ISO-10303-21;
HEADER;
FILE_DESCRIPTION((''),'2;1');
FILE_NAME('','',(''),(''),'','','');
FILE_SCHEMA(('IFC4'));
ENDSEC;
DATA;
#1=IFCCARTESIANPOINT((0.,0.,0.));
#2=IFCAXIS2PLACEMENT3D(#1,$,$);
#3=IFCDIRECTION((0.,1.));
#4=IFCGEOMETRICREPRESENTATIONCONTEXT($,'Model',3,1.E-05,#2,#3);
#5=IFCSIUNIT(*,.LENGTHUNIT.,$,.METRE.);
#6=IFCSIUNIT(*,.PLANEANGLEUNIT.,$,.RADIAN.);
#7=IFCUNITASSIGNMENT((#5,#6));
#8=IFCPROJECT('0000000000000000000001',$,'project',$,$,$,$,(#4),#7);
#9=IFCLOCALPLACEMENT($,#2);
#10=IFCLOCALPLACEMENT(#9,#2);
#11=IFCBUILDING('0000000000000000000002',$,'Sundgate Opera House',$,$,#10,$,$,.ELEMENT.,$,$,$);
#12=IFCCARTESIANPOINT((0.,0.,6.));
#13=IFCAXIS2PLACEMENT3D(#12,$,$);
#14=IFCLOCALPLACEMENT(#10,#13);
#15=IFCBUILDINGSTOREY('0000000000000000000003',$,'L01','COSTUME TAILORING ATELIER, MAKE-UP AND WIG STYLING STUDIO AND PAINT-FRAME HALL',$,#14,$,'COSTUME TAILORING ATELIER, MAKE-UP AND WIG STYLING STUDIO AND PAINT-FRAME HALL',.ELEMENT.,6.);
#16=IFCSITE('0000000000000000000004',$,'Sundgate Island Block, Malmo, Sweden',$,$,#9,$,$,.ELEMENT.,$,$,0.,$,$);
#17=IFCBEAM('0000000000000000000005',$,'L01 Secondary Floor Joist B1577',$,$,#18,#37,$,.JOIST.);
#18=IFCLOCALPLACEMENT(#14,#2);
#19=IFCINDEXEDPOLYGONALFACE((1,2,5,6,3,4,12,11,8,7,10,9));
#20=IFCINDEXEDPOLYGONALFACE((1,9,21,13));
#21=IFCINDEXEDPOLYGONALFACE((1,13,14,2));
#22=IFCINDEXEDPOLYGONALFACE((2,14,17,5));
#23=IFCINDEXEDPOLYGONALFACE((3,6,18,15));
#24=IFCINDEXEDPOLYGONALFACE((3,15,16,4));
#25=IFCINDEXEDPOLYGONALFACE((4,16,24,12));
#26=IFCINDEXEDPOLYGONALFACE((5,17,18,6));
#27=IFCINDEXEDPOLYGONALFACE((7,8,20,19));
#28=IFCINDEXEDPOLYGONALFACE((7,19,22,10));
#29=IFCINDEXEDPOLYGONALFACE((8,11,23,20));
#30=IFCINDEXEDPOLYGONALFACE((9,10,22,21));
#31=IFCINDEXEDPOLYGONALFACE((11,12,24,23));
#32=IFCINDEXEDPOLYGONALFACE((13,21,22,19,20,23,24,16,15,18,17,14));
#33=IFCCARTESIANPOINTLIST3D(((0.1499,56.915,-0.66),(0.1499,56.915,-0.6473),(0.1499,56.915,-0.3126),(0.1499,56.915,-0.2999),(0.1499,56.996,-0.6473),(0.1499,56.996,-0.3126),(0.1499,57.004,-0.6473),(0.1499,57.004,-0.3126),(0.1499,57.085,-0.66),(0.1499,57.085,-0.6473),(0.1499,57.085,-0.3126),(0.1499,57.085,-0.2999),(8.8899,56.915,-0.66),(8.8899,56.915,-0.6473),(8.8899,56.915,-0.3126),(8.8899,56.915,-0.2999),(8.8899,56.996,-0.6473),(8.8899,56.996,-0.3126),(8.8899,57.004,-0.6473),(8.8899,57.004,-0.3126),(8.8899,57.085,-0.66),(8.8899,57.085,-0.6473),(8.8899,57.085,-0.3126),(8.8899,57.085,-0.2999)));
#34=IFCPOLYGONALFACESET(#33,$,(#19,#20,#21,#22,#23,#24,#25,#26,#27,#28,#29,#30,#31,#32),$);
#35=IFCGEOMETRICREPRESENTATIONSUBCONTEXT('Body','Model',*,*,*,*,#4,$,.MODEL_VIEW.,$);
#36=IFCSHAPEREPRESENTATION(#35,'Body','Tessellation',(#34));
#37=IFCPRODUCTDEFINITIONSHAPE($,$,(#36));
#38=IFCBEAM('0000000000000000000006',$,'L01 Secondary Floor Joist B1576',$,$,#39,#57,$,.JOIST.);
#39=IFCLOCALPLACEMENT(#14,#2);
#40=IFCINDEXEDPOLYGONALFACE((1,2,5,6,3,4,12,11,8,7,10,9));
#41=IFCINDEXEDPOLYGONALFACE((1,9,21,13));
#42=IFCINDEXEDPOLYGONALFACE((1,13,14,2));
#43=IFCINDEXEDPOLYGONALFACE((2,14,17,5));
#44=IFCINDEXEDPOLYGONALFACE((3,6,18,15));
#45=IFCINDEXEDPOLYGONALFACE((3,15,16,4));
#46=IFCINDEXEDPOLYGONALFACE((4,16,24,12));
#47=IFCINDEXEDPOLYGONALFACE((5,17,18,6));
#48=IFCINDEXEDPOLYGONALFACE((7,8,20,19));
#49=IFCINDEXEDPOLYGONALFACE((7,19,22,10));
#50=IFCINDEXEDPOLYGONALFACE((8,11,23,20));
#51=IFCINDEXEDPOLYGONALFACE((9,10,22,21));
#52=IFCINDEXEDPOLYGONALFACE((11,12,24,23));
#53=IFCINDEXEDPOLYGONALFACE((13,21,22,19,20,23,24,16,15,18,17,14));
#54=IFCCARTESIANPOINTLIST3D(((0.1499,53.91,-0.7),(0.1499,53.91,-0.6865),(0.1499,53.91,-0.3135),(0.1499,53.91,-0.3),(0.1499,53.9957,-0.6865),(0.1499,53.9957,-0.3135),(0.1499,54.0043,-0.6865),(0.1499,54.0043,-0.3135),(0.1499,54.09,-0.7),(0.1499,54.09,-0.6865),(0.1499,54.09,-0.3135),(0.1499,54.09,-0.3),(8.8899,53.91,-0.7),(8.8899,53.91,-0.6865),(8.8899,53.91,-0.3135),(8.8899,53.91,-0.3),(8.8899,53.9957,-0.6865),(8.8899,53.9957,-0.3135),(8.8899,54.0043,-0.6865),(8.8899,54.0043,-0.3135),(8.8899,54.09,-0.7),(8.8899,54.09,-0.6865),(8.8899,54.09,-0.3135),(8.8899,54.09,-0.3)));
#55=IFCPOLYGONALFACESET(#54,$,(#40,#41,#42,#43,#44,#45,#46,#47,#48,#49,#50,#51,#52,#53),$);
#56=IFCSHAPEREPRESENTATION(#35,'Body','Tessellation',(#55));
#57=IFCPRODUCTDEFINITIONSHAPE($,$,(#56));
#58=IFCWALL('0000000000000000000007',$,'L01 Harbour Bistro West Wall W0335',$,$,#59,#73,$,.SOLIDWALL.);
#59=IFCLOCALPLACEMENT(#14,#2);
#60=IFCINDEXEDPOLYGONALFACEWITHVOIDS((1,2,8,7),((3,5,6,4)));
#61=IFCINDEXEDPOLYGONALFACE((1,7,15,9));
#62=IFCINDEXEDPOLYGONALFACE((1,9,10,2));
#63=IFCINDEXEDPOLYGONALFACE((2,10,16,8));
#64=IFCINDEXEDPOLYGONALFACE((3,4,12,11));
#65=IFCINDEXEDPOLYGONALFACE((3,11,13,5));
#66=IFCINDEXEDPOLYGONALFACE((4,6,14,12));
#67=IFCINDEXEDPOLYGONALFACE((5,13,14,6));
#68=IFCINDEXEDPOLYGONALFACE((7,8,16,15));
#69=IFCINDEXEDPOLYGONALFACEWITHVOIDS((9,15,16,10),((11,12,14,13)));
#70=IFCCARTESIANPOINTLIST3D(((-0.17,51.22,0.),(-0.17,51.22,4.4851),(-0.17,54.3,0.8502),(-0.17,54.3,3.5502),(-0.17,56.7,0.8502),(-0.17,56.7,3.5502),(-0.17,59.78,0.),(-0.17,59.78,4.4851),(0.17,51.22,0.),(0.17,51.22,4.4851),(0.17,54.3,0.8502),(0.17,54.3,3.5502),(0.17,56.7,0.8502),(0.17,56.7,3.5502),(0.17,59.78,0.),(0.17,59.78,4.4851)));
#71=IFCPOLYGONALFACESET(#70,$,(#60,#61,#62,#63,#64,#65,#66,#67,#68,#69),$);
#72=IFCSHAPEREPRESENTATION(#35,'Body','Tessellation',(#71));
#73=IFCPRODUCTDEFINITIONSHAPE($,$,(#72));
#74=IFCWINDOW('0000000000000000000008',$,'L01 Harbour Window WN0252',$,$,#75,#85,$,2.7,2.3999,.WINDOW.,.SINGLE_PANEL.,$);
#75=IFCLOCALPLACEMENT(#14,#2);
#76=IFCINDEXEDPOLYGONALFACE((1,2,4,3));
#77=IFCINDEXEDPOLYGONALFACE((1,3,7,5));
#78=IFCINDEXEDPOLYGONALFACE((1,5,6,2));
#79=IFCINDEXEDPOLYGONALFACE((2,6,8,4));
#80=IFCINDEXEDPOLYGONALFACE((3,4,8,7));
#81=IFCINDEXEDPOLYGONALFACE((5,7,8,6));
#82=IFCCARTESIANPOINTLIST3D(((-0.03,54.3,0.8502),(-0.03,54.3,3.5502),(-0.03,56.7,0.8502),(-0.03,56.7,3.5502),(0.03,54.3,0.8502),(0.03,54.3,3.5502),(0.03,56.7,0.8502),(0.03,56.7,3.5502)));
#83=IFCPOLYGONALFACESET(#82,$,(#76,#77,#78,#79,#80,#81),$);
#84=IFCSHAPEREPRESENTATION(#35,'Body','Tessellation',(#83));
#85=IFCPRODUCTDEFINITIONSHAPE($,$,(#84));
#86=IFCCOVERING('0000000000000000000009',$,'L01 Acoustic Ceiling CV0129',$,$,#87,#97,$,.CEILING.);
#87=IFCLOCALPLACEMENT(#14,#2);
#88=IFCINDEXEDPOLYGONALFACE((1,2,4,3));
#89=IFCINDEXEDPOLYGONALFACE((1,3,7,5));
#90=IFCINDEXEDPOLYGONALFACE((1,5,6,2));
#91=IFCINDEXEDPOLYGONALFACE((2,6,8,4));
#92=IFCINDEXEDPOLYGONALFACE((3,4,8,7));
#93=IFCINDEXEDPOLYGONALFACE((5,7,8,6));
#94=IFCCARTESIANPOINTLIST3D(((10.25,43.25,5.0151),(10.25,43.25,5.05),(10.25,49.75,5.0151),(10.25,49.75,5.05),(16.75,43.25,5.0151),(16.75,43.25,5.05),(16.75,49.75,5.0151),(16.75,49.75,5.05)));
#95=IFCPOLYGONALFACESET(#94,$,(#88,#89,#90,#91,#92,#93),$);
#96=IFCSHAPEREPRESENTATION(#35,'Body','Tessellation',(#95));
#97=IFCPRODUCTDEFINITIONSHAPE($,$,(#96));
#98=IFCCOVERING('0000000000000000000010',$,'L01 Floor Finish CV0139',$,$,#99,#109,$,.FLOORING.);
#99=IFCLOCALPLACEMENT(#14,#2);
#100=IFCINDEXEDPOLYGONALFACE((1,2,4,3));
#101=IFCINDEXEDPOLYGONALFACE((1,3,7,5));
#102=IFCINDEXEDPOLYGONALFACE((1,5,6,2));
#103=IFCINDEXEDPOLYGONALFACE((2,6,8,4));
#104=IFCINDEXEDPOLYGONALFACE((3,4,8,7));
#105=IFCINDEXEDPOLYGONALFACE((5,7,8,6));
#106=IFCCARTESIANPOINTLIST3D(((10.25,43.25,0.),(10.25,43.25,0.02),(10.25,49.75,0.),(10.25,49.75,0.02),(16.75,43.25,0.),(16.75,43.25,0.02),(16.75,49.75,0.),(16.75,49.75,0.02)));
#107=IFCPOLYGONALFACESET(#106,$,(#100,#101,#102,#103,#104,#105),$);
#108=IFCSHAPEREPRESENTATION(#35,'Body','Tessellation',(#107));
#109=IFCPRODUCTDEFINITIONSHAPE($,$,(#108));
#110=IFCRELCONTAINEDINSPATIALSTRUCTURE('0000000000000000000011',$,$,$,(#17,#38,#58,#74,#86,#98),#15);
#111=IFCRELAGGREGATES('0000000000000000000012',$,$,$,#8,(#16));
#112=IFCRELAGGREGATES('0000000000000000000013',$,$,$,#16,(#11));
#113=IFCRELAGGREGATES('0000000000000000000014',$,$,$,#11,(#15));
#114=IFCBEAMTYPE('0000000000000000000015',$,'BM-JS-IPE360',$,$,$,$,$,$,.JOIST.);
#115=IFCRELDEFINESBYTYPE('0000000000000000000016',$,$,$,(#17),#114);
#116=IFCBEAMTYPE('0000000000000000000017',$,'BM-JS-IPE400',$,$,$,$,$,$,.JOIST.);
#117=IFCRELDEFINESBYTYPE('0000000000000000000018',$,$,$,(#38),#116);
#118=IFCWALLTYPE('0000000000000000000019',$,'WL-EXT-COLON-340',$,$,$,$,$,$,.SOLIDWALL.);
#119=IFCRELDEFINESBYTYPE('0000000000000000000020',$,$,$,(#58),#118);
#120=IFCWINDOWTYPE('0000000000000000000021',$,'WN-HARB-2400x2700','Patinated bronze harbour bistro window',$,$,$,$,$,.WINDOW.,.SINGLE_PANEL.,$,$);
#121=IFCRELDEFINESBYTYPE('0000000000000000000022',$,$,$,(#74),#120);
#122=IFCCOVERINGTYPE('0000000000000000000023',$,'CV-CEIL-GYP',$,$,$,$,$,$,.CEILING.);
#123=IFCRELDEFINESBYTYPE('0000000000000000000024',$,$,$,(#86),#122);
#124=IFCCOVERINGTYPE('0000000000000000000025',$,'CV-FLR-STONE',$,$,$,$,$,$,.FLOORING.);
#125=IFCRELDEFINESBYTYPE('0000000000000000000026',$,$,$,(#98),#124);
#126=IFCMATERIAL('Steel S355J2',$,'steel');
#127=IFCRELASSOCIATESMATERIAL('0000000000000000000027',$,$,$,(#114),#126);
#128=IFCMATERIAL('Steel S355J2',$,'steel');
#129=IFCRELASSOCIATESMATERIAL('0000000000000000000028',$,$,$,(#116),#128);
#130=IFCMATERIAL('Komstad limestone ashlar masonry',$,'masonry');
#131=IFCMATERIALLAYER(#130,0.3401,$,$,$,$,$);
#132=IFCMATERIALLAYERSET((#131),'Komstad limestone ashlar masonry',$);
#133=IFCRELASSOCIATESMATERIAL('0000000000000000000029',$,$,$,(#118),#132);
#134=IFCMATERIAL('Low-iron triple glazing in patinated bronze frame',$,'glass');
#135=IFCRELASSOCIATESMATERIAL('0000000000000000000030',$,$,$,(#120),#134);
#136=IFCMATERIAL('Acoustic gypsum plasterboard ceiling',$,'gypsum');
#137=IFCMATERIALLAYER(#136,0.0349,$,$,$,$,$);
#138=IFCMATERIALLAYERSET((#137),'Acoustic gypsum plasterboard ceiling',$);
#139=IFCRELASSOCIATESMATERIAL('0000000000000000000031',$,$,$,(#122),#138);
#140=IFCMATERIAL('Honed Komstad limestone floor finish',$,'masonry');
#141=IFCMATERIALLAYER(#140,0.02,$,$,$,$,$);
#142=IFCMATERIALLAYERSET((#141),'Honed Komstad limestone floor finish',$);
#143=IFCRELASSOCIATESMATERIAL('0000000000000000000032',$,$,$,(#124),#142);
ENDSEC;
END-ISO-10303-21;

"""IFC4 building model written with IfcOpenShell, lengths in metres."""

from ifc_helpers import new_model, si_unit, direction, frame, frame_2d, origin, origin_2d, place, context, subcontext, project, spatial, rectangle, i_section, extrude, material, layer, layer_set, material_profile, profile_set, type_object, element, fill, save


model = new_model("IFC4")

# Units and contexts
model_context = context("Model", 3, precision=1e-05, world=origin(), true_north=direction((0.0, 1.0)))
body_context = subcontext(model_context, "Body", "Model", "MODEL_VIEW")
ifc_project = project(units=[si_unit("LENGTHUNIT", "METRE"), si_unit("PLANEANGLEUNIT", "RADIAN")], contexts=[model_context])

# Site, building, storey
site_placement = place(None, origin())
site = spatial("IfcSite", under=ifc_project, at=site_placement, Name="Sundgate Island Block, Malmo, Sweden", CompositionType="ELEMENT", RefElevation=0.0)
building_placement = place(site_placement, origin())
building = spatial("IfcBuilding", under=site, at=building_placement, Name="Sundgate Opera House", CompositionType="ELEMENT")
storey_placement = place(building_placement, frame((0.0, 0.0, 6.0)))
storey = spatial("IfcBuildingStorey", under=building, at=storey_placement, Name="L01", Description="COSTUME TAILORING ATELIER, MAKE-UP AND WIG STYLING STUDIO AND PAINT-FRAME HALL", LongName="COSTUME TAILORING ATELIER, MAKE-UP AND WIG STYLING STUDIO AND PAINT-FRAME HALL", CompositionType="ELEMENT", Elevation=6.0)

# Beams
ifc_material_1 = material(Name="Steel S355J2", Category="steel")
ifc_material_profile_1 = material_profile(ifc_material_1, i_section(OverallWidth=0.1699, OverallDepth=0.3601, WebThickness=0.0081, FlangeThickness=0.0127, at=origin_2d()), Name="IPE 360")
ifc_profile_set_1 = profile_set([ifc_material_profile_1], Name="Steel S355J2")
beam_type_1 = type_object("IfcBeamType", Name="BM-JS-IPE360", PredefinedType="JOIST", material=ifc_profile_set_1)
beam_1_placement = place(storey_placement, frame((0.1499, 57.0, -0.48), z_axis=(1.0, 0.0, 0.0), x_axis=(0.0, 1.0, 0.0)))
element("IfcBeam", 1, at=beam_1_placement, inside=storey, type_object=beam_type_1, Name="L01 Secondary Floor Joist B1577", PredefinedType="JOIST", context=body_context, shape_type="SweptSolid", body=[
    extrude(i_section(OverallWidth=0.1699, OverallDepth=0.3601, WebThickness=0.0081, FlangeThickness=0.0127, at=origin_2d()), origin(), (0.0, 0.0, 1.0), 8.74),
])
ifc_material_2 = material(Name="Steel S355J2", Category="steel")
ifc_material_profile_2 = material_profile(ifc_material_2, i_section(OverallWidth=0.1799, OverallDepth=0.3999, WebThickness=0.0085, FlangeThickness=0.0134, at=origin_2d()), Name="IPE 400")
ifc_profile_set_2 = profile_set([ifc_material_profile_2], Name="Steel S355J2")
beam_type_2 = type_object("IfcBeamType", Name="BM-JS-IPE400", PredefinedType="JOIST", material=ifc_profile_set_2)
beam_2_placement = place(storey_placement, frame((0.1499, 54.0, -0.5), z_axis=(1.0, 0.0, 0.0), x_axis=(0.0, 1.0, 0.0)))
element("IfcBeam", 2, at=beam_2_placement, inside=storey, type_object=beam_type_2, Name="L01 Secondary Floor Joist B1576", PredefinedType="JOIST", context=body_context, shape_type="SweptSolid", body=[
    extrude(i_section(OverallWidth=0.1799, OverallDepth=0.3999, WebThickness=0.0085, FlangeThickness=0.0134, at=origin_2d()), origin(), (0.0, 0.0, 1.0), 8.74),
])

# Wall, opening, window
ifc_material_3 = material(Name="Komstad limestone ashlar masonry", Category="masonry")
ifc_layer_1 = layer(ifc_material_3, 0.3401)
ifc_layer_set_1 = layer_set([ifc_layer_1], Name="Komstad limestone ashlar masonry")
wall_type = type_object("IfcWallType", Name="WL-EXT-COLON-340", PredefinedType="SOLIDWALL", material=ifc_layer_set_1)
wall_placement = place(storey_placement, frame((0.0, 51.22, 0.0), z_axis=(0.0, 0.0, 1.0), x_axis=(0.0, 1.0, 0.0)))
wall = element("IfcWall", 3, at=wall_placement, inside=storey, type_object=wall_type, Name="L01 Harbour Bistro West Wall W0335", PredefinedType="SOLIDWALL", context=body_context, shape_type="SweptSolid", body=[
    extrude(rectangle(XDim=8.5601, YDim=0.3401, at=frame_2d((4.28, 0.0))), origin(), (0.0, 0.0, 1.0), 4.4851),
])
opening_placement = place(wall_placement, frame((3.0801, 0.0, 0.8501)))
opening = element("IfcOpeningElement", 4, at=opening_placement, cuts=wall, PredefinedType="OPENING", context=body_context, shape_type="SweptSolid", body=[
    extrude(rectangle(XDim=2.3999, YDim=2.7, at=frame_2d((1.2, 1.3501))), frame((0.0, 0.1799, 0.0), z_axis=(0.0, -1.0, 0.0), x_axis=(1.0, 0.0, 0.0)), (0.0, 0.0, 1.0), 0.3601),
])
ifc_material_4 = material(Name="Low-iron triple glazing in patinated bronze frame", Category="glass")
window_type = type_object("IfcWindowType", Name="WN-HARB-2400x2700", Description="Patinated bronze harbour bistro window", PartitioningType="SINGLE_PANEL", PredefinedType="WINDOW", material=ifc_material_4)
window_placement = place(opening_placement, origin())
window = element("IfcWindow", 5, at=window_placement, inside=storey, type_object=window_type, Name="L01 Harbour Window WN0252", OverallHeight=2.7, OverallWidth=2.3999, PartitioningType="SINGLE_PANEL", PredefinedType="WINDOW", context=body_context, shape_type="SweptSolid", body=[
    extrude(rectangle(XDim=2.3999, YDim=2.7, at=frame_2d((1.2, 1.3501))), frame((0.0, 0.03, 0.0), z_axis=(0.0, -1.0, 0.0), x_axis=(1.0, 0.0, 0.0)), (0.0, 0.0, 1.0), 0.0601),
])
fill(opening, window)

# Coverings
ifc_material_5 = material(Name="Acoustic gypsum plasterboard ceiling", Category="gypsum")
ifc_layer_2 = layer(ifc_material_5, 0.0349)
ifc_layer_set_2 = layer_set([ifc_layer_2], Name="Acoustic gypsum plasterboard ceiling")
covering_type_1 = type_object("IfcCoveringType", Name="CV-CEIL-GYP", PredefinedType="CEILING", material=ifc_layer_set_2)
covering_1_placement = place(storey_placement, frame((13.5, 46.5, 5.0151), z_axis=(0.0, 0.0, 1.0), x_axis=(1.0, 0.0, 0.0)))
element("IfcCovering", 6, at=covering_1_placement, inside=storey, type_object=covering_type_1, Name="L01 Acoustic Ceiling CV0129", PredefinedType="CEILING", context=body_context, shape_type="SweptSolid", body=[
    extrude(rectangle(XDim=6.5, YDim=6.5, at=origin_2d()), origin(), (0.0, 0.0, 1.0), 0.0349),
])
ifc_material_6 = material(Name="Honed Komstad limestone floor finish", Category="masonry")
ifc_layer_3 = layer(ifc_material_6, 0.02)
ifc_layer_set_3 = layer_set([ifc_layer_3], Name="Honed Komstad limestone floor finish")
covering_type_2 = type_object("IfcCoveringType", Name="CV-FLR-STONE", PredefinedType="FLOORING", material=ifc_layer_set_3)
covering_2_placement = place(storey_placement, frame((13.5, 46.5, 0.0), z_axis=(0.0, 0.0, 1.0), x_axis=(1.0, 0.0, 0.0)))
element("IfcCovering", 7, at=covering_2_placement, inside=storey, type_object=covering_type_2, Name="L01 Floor Finish CV0139", PredefinedType="FLOORING", context=body_context, shape_type="SweptSolid", body=[
    extrude(rectangle(XDim=6.5, YDim=6.5, at=origin_2d()), origin(), (0.0, 0.0, 1.0), 0.02),
])

save(model, "model.ifc")
